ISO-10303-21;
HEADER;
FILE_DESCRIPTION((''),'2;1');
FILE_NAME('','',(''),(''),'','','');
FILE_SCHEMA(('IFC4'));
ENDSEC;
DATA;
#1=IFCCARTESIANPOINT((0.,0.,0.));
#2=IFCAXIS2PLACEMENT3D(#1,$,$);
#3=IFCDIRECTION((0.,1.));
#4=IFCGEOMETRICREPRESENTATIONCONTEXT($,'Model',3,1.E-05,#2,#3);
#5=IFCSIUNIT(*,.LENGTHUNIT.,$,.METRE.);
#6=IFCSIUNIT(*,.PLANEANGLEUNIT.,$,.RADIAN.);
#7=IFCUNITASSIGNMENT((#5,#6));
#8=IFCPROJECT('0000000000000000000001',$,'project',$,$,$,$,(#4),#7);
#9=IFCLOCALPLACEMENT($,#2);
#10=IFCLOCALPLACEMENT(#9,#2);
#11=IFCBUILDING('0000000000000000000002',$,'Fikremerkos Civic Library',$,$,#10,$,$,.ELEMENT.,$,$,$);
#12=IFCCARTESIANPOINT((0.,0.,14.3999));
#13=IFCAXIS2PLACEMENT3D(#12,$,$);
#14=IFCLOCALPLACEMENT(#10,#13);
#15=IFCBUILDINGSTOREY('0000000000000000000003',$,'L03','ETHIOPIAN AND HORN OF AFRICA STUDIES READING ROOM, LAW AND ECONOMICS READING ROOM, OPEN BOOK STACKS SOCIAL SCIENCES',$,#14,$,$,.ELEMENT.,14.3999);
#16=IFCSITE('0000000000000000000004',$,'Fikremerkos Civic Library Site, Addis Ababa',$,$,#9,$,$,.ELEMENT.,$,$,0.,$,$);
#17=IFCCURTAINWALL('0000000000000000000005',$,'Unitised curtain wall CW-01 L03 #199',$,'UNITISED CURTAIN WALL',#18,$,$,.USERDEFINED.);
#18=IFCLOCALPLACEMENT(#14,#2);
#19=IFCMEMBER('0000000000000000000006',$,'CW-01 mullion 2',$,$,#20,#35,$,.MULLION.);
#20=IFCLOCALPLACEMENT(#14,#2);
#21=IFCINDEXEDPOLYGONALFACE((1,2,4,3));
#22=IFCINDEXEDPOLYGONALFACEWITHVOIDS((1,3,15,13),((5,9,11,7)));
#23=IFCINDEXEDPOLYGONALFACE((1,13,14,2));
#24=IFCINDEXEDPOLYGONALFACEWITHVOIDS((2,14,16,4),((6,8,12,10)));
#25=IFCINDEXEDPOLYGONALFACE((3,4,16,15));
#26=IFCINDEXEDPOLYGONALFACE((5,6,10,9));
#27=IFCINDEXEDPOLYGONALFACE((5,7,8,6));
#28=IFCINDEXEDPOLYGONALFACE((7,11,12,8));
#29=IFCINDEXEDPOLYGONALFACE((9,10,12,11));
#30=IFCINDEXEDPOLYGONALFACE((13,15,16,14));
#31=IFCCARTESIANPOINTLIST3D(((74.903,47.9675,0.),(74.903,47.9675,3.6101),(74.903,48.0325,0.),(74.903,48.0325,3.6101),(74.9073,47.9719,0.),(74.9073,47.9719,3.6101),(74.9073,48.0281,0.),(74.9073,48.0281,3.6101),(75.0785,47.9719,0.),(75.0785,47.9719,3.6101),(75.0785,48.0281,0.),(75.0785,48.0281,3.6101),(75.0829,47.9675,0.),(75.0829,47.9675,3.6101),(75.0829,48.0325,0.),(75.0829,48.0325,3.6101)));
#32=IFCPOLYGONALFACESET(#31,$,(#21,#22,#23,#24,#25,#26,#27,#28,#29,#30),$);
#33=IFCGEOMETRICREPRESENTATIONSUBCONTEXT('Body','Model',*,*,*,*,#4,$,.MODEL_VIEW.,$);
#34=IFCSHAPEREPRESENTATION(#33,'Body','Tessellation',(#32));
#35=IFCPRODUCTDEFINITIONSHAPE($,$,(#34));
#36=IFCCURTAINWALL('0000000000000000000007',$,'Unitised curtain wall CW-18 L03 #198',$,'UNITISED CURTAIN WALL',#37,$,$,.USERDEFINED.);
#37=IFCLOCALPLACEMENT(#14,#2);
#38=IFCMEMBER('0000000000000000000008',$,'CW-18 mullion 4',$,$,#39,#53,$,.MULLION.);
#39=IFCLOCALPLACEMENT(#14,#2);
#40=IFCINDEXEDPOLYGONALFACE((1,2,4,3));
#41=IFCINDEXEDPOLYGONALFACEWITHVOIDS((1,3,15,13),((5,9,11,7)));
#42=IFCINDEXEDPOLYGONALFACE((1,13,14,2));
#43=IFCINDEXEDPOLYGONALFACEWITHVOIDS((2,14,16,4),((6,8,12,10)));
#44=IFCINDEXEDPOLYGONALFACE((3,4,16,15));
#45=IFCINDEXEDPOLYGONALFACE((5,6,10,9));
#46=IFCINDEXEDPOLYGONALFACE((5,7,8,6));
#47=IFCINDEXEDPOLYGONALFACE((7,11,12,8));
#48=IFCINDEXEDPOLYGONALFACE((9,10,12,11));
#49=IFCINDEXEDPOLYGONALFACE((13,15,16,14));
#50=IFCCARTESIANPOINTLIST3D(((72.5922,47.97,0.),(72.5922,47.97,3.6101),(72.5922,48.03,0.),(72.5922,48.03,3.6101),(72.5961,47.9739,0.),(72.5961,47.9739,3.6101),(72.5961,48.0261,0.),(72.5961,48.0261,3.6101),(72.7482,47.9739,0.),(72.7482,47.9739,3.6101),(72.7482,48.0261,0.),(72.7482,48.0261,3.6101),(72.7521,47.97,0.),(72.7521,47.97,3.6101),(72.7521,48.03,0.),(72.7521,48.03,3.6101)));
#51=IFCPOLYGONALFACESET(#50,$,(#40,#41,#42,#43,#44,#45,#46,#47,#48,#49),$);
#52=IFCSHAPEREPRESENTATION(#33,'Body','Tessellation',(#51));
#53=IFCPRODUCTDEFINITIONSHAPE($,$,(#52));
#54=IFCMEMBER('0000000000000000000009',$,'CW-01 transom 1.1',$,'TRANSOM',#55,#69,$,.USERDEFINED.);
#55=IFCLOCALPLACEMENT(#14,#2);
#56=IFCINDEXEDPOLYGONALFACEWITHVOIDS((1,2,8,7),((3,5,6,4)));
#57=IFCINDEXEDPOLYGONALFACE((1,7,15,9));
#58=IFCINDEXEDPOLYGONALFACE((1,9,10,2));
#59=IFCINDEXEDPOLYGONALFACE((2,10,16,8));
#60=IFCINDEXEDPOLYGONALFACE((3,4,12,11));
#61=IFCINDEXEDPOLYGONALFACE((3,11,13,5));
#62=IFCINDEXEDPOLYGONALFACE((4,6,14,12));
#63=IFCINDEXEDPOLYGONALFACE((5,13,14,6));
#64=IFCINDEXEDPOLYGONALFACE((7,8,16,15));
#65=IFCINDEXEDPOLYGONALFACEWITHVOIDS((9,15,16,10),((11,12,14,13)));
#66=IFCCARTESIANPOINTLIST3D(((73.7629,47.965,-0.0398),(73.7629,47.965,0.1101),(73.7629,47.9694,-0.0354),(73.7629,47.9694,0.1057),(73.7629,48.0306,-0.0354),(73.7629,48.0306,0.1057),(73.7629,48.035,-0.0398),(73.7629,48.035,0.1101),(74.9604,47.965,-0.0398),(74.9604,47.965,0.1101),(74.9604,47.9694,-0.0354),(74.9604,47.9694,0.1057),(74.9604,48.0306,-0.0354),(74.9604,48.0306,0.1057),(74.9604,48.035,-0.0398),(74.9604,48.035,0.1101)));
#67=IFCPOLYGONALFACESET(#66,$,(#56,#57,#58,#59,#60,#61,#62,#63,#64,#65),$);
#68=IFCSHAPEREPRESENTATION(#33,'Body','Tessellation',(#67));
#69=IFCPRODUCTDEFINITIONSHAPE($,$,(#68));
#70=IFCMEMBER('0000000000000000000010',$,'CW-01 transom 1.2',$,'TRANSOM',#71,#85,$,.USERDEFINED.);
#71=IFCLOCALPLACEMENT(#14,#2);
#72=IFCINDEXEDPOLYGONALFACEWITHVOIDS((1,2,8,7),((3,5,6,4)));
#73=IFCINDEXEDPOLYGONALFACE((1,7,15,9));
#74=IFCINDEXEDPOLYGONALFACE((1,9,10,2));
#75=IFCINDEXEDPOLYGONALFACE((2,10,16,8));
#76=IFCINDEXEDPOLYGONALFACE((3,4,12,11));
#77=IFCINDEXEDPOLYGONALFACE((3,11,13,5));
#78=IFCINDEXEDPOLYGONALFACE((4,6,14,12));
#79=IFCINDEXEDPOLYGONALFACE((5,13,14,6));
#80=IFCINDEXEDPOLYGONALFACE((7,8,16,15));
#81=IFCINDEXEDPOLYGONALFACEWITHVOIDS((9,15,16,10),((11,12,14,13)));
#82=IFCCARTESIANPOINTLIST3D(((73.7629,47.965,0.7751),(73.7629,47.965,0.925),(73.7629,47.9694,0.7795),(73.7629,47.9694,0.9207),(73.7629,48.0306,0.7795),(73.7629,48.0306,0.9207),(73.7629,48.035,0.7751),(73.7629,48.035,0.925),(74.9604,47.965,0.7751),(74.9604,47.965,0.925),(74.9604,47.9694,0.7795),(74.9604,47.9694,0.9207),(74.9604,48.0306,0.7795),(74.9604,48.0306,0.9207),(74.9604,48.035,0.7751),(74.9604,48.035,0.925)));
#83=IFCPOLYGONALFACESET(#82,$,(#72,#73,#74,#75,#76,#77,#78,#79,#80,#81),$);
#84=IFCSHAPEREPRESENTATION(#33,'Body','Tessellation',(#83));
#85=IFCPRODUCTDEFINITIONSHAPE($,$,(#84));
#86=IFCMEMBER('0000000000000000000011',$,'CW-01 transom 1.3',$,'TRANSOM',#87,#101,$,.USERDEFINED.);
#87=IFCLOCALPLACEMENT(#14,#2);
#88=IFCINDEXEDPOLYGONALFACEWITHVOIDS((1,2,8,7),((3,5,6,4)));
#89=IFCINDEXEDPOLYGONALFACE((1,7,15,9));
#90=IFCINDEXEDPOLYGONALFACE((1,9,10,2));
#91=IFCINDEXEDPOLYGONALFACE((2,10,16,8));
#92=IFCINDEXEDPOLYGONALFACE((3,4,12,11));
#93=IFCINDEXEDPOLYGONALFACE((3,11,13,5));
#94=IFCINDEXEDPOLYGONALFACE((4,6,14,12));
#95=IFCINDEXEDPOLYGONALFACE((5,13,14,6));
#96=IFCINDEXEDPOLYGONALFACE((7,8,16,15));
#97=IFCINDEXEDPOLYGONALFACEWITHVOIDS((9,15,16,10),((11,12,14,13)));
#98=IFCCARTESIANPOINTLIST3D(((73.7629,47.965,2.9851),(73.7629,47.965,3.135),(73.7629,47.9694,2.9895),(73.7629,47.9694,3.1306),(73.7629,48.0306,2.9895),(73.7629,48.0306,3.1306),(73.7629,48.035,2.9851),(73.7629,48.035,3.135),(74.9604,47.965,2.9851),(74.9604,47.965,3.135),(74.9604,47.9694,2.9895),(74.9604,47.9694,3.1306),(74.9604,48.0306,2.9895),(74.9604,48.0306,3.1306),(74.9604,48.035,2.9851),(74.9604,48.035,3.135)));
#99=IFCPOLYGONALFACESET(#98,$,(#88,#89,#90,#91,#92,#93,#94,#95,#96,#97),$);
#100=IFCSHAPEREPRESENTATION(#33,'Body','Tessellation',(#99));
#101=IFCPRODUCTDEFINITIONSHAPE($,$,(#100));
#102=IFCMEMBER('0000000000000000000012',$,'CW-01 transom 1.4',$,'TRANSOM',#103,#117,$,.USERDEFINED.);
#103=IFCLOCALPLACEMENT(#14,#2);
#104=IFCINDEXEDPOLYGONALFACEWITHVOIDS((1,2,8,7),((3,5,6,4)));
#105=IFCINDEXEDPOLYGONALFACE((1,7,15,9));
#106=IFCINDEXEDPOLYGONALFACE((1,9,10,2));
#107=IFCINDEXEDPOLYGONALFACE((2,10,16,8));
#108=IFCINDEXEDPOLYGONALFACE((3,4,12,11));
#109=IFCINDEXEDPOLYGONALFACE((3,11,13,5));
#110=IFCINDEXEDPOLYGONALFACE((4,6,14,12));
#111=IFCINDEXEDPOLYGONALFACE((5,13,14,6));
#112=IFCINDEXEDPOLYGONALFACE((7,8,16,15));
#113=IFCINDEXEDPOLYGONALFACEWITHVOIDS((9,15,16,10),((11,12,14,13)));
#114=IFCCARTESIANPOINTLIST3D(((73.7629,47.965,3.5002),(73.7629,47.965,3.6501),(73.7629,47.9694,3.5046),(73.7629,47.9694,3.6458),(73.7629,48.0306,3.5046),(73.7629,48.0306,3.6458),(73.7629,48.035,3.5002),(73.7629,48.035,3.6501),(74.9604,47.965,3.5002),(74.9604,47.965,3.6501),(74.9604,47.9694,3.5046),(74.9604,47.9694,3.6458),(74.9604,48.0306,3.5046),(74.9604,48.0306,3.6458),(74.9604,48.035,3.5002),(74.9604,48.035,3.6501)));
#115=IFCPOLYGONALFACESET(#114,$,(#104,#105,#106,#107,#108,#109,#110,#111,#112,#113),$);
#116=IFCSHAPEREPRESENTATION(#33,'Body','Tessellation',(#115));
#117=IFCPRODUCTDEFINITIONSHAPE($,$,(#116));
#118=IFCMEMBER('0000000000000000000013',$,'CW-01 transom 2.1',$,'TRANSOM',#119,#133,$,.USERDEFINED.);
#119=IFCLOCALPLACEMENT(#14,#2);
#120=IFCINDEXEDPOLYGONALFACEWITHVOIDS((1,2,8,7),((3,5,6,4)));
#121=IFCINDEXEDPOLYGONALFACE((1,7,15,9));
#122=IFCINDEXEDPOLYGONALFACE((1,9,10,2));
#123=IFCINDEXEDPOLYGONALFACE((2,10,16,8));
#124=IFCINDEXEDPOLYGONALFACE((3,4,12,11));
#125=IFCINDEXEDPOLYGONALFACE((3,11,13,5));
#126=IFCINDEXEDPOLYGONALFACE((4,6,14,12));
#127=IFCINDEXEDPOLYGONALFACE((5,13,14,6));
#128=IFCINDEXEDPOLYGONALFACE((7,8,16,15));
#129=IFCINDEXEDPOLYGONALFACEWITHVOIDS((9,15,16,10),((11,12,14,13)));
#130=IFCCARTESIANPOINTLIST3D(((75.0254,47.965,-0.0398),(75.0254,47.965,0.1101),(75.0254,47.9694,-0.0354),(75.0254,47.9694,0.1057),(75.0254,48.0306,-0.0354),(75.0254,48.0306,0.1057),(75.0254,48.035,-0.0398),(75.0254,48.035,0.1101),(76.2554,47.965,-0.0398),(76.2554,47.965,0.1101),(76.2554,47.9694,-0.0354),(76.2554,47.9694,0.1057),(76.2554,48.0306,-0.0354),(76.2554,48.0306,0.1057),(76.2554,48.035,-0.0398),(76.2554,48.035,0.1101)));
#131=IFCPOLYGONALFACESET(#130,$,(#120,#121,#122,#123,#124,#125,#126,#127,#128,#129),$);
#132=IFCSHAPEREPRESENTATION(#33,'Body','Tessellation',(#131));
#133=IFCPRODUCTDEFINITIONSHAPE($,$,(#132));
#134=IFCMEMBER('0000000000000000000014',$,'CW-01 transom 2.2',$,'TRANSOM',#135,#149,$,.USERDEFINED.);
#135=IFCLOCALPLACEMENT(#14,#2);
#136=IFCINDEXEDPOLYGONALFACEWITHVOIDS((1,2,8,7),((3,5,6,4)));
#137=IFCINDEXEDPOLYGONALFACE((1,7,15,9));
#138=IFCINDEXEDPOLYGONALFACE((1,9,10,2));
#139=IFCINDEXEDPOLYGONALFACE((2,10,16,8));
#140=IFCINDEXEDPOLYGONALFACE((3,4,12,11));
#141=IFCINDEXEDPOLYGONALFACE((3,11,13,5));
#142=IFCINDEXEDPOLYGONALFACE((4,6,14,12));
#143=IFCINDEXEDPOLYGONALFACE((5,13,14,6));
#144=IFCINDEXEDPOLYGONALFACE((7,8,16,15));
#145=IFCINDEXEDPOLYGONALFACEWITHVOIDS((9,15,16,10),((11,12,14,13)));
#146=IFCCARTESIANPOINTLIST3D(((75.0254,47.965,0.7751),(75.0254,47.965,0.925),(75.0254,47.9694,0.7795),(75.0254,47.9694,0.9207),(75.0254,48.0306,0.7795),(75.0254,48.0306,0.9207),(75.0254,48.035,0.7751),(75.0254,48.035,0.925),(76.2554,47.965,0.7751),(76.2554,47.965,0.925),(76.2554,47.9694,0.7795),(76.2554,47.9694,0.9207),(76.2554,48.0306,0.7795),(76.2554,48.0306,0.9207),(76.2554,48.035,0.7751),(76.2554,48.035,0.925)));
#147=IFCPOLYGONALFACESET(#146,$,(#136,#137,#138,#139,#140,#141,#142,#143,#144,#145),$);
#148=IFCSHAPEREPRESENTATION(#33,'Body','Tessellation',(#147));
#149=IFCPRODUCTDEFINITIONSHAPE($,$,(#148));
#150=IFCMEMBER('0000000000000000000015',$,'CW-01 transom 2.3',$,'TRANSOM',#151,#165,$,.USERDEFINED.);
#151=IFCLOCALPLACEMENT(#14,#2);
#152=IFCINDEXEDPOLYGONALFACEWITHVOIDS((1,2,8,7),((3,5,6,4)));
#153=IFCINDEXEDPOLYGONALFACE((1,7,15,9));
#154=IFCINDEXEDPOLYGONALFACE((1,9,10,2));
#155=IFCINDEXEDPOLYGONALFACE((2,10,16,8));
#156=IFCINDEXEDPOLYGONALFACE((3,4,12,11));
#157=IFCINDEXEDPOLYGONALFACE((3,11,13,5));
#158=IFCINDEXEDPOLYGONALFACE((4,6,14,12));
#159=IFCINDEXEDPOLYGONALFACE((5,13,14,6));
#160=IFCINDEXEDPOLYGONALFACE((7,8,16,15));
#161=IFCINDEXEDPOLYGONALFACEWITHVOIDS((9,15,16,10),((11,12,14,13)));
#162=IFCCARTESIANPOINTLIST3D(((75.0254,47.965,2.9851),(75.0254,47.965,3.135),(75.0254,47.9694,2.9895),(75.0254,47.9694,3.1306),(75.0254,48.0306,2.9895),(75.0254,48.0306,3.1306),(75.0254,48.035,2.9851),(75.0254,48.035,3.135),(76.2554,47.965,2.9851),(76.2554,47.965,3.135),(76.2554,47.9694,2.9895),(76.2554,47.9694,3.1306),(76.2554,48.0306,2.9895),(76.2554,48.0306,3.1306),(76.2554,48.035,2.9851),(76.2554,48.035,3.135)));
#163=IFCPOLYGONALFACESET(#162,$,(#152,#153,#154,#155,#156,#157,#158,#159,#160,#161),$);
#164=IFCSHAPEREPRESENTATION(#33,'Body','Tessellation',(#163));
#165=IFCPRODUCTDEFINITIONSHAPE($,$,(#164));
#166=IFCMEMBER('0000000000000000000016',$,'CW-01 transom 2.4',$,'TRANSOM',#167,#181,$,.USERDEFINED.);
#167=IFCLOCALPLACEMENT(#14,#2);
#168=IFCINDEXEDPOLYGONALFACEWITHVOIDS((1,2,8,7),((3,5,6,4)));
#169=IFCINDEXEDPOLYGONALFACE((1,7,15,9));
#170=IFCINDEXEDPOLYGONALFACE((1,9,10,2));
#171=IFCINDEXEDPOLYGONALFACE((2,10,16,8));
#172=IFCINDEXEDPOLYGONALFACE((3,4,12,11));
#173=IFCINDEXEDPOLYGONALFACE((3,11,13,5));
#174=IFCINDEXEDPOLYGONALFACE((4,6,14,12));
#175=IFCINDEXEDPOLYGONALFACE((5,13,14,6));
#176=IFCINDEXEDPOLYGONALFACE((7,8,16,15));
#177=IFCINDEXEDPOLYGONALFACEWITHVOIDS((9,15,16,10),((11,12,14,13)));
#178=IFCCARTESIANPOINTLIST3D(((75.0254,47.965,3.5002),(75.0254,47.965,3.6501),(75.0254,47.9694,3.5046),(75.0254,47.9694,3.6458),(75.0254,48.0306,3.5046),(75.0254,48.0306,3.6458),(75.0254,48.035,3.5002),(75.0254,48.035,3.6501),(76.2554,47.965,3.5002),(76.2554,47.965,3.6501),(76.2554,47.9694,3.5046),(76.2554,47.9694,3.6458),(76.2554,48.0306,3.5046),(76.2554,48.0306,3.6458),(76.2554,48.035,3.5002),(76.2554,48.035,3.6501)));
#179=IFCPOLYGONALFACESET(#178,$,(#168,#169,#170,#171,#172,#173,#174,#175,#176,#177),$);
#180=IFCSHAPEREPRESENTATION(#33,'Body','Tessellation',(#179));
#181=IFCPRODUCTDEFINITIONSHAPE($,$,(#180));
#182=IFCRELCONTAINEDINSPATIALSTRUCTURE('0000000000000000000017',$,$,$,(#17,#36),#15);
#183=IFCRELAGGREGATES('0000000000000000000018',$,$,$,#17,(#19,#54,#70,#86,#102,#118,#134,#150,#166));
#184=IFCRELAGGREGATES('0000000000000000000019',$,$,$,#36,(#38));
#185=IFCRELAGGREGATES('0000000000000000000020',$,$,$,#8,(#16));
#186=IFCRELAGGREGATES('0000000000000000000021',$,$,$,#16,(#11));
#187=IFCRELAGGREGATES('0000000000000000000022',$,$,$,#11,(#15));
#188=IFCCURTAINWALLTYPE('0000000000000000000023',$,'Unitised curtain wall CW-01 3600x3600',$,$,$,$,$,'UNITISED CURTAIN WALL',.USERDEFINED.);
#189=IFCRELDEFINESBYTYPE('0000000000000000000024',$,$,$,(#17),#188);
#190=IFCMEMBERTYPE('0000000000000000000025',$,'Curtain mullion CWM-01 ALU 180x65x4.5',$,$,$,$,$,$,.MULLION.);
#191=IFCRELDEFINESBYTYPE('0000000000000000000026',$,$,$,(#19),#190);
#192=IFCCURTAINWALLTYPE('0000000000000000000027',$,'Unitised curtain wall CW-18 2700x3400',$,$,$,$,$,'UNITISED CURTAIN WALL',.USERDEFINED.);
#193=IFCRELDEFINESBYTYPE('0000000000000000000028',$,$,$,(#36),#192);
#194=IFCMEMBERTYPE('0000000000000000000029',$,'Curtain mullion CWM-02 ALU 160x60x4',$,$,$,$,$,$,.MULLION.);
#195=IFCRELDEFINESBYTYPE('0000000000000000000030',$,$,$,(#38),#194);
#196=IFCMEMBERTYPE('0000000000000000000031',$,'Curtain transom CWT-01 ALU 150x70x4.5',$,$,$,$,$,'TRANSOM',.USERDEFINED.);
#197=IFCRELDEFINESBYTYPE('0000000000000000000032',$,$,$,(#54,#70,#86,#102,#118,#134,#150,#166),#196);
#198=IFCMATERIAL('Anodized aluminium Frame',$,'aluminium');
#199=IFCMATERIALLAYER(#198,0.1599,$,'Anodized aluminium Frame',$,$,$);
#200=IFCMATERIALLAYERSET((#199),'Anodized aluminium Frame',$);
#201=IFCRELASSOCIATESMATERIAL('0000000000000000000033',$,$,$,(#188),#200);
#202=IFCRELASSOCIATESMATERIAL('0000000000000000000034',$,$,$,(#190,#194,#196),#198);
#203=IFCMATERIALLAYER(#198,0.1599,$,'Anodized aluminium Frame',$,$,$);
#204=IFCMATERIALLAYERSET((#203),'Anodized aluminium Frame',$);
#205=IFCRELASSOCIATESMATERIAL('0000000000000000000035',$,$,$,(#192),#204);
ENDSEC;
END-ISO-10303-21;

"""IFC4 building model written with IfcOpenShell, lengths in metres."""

from ifc_helpers import new_model, si_unit, direction, frame, origin, origin_2d, place, context, subcontext, project, spatial, hollow_rectangle, extrude, material, layer, layer_set, material_profile, profile_set, type_object, element, aggregate, save


model = new_model("IFC4")

# Units and contexts
model_context = context("Model", 3, precision=1e-05, world=origin(), true_north=direction((0.0, 1.0)))
body_context = subcontext(model_context, "Body", "Model", "MODEL_VIEW")
ifc_project = project(units=[si_unit("LENGTHUNIT", "METRE"), si_unit("PLANEANGLEUNIT", "RADIAN")], contexts=[model_context])

# Site, building, storey
site_placement = place(None, origin())
site = spatial("IfcSite", under=ifc_project, at=site_placement, Name="Fikremerkos Civic Library Site, Addis Ababa", CompositionType="ELEMENT", RefElevation=0.0)
building_placement = place(site_placement, origin())
building = spatial("IfcBuilding", under=site, at=building_placement, Name="Fikremerkos Civic Library", CompositionType="ELEMENT")
storey_placement = place(building_placement, frame((0.0, 0.0, 14.3999)))
storey = spatial("IfcBuildingStorey", under=building, at=storey_placement, Name="L03", Description="ETHIOPIAN AND HORN OF AFRICA STUDIES READING ROOM, LAW AND ECONOMICS READING ROOM, OPEN BOOK STACKS SOCIAL SCIENCES", CompositionType="ELEMENT", Elevation=14.3999)

# Curtain wall, member
ifc_material_1 = material(Name="Anodized aluminium Frame", Category="aluminium")
ifc_layer_1 = layer(ifc_material_1, 0.1599, Name="Anodized aluminium Frame")
ifc_layer_set_1 = layer_set([ifc_layer_1], Name="Anodized aluminium Frame")
curtain_wall_type_1 = type_object("IfcCurtainWallType", Name="Unitised curtain wall CW-01 3600x3600", ElementType="UNITISED CURTAIN WALL", PredefinedType="USERDEFINED", material=ifc_layer_set_1)
curtain_wall_1_placement = place(storey_placement, origin())
curtain_wall_1 = element("IfcCurtainWall", 1, at=curtain_wall_1_placement, inside=storey, type_object=curtain_wall_type_1, Name="Unitised curtain wall CW-01 L03 #199", ObjectType="UNITISED CURTAIN WALL", PredefinedType="USERDEFINED")
ifc_material_profile_1 = material_profile(ifc_material_1, hollow_rectangle(XDim=0.0649, YDim=0.1799, WallThickness=0.0044, at=origin_2d()), Name="ALU 180x65x4.5")
ifc_profile_set_1 = profile_set([ifc_material_profile_1], Name="Anodized aluminium Frame")
member_type_1 = type_object("IfcMemberType", Name="Curtain mullion CWM-01 ALU 180x65x4.5", PredefinedType="MULLION", material=ifc_profile_set_1)
member_1_placement = place(storey_placement, frame((74.9929, 48.0, 0.0), z_axis=(0.0, 0.0, 1.0), x_axis=(0.0, 1.0, 0.0)))
member_1 = element("IfcMember", 2, at=member_1_placement, type_object=member_type_1, Name="CW-01 mullion 2", PredefinedType="MULLION", context=body_context, shape_type="SweptSolid", body=[
    extrude(hollow_rectangle(XDim=0.0649, YDim=0.1799, WallThickness=0.0044, at=origin_2d()), origin(), (0.0, 0.0, 1.0), 3.6101),
])

# Curtain wall, member
ifc_layer_2 = layer(ifc_material_1, 0.1599, Name="Anodized aluminium Frame")
ifc_layer_set_2 = layer_set([ifc_layer_2], Name="Anodized aluminium Frame")
curtain_wall_type_2 = type_object("IfcCurtainWallType", Name="Unitised curtain wall CW-18 2700x3400", ElementType="UNITISED CURTAIN WALL", PredefinedType="USERDEFINED", material=ifc_layer_set_2)
curtain_wall_2_placement = place(storey_placement, origin())
curtain_wall_2 = element("IfcCurtainWall", 3, at=curtain_wall_2_placement, inside=storey, type_object=curtain_wall_type_2, Name="Unitised curtain wall CW-18 L03 #198", ObjectType="UNITISED CURTAIN WALL", PredefinedType="USERDEFINED")
ifc_material_profile_2 = material_profile(ifc_material_1, hollow_rectangle(XDim=0.0601, YDim=0.1599, WallThickness=0.0039, at=origin_2d()), Name="ALU 160x60x4")
ifc_profile_set_2 = profile_set([ifc_material_profile_2], Name="Anodized aluminium Frame")
member_type_2 = type_object("IfcMemberType", Name="Curtain mullion CWM-02 ALU 160x60x4", PredefinedType="MULLION", material=ifc_profile_set_2)
member_2_placement = place(storey_placement, frame((72.6721, 48.0, 0.0), z_axis=(0.0, 0.0, 1.0), x_axis=(0.0, 1.0, 0.0)))
member_2 = element("IfcMember", 4, at=member_2_placement, type_object=member_type_2, Name="CW-18 mullion 4", PredefinedType="MULLION", context=body_context, shape_type="SweptSolid", body=[
    extrude(hollow_rectangle(XDim=0.0601, YDim=0.1599, WallThickness=0.0039, at=origin_2d()), origin(), (0.0, 0.0, 1.0), 3.6101),
])

# Members
ifc_material_profile_3 = material_profile(ifc_material_1, hollow_rectangle(XDim=0.0701, YDim=0.1499, WallThickness=0.0044, at=origin_2d()), Name="ALU 150x70x4.5")
ifc_profile_set_3 = profile_set([ifc_material_profile_3], Name="Anodized aluminium Frame")
member_type_3 = type_object("IfcMemberType", Name="Curtain transom CWT-01 ALU 150x70x4.5", ElementType="TRANSOM", PredefinedType="USERDEFINED", material=ifc_profile_set_3)
member_3_placement = place(storey_placement, frame((73.7629, 48.0, 0.0352), z_axis=(1.0, 0.0, 0.0), x_axis=(0.0, 1.0, 0.0)))
member_3 = element("IfcMember", 5, at=member_3_placement, type_object=member_type_3, Name="CW-01 transom 1.1", ObjectType="TRANSOM", PredefinedType="USERDEFINED", context=body_context, shape_type="SweptSolid", body=[
    extrude(hollow_rectangle(XDim=0.0701, YDim=0.1499, WallThickness=0.0044, at=origin_2d()), origin(), (0.0, 0.0, 1.0), 1.1975),
])
member_4_placement = place(storey_placement, frame((73.7629, 48.0, 0.8501), z_axis=(1.0, 0.0, 0.0), x_axis=(0.0, 1.0, 0.0)))
member_4 = element("IfcMember", 6, at=member_4_placement, type_object=member_type_3, Name="CW-01 transom 1.2", ObjectType="TRANSOM", PredefinedType="USERDEFINED", context=body_context, shape_type="SweptSolid", body=[
    extrude(hollow_rectangle(XDim=0.0701, YDim=0.1499, WallThickness=0.0044, at=origin_2d()), origin(), (0.0, 0.0, 1.0), 1.1975),
])
member_5_placement = place(storey_placement, frame((73.7629, 48.0, 3.0601), z_axis=(1.0, 0.0, 0.0), x_axis=(0.0, 1.0, 0.0)))
member_5 = element("IfcMember", 7, at=member_5_placement, type_object=member_type_3, Name="CW-01 transom 1.3", ObjectType="TRANSOM", PredefinedType="USERDEFINED", context=body_context, shape_type="SweptSolid", body=[
    extrude(hollow_rectangle(XDim=0.0701, YDim=0.1499, WallThickness=0.0044, at=origin_2d()), origin(), (0.0, 0.0, 1.0), 1.1975),
])
member_6_placement = place(storey_placement, frame((73.7629, 48.0, 3.5752), z_axis=(1.0, 0.0, 0.0), x_axis=(0.0, 1.0, 0.0)))
member_6 = element("IfcMember", 8, at=member_6_placement, type_object=member_type_3, Name="CW-01 transom 1.4", ObjectType="TRANSOM", PredefinedType="USERDEFINED", context=body_context, shape_type="SweptSolid", body=[
    extrude(hollow_rectangle(XDim=0.0701, YDim=0.1499, WallThickness=0.0044, at=origin_2d()), origin(), (0.0, 0.0, 1.0), 1.1975),
])
member_7_placement = place(storey_placement, frame((75.0254, 48.0, 0.0352), z_axis=(1.0, 0.0, 0.0), x_axis=(0.0, 1.0, 0.0)))
member_7 = element("IfcMember", 9, at=member_7_placement, type_object=member_type_3, Name="CW-01 transom 2.1", ObjectType="TRANSOM", PredefinedType="USERDEFINED", context=body_context, shape_type="SweptSolid", body=[
    extrude(hollow_rectangle(XDim=0.0701, YDim=0.1499, WallThickness=0.0044, at=origin_2d()), origin(), (0.0, 0.0, 1.0), 1.23),
])
member_8_placement = place(storey_placement, frame((75.0254, 48.0, 0.8501), z_axis=(1.0, 0.0, 0.0), x_axis=(0.0, 1.0, 0.0)))
member_8 = element("IfcMember", 10, at=member_8_placement, type_object=member_type_3, Name="CW-01 transom 2.2", ObjectType="TRANSOM", PredefinedType="USERDEFINED", context=body_context, shape_type="SweptSolid", body=[
    extrude(hollow_rectangle(XDim=0.0701, YDim=0.1499, WallThickness=0.0044, at=origin_2d()), origin(), (0.0, 0.0, 1.0), 1.23),
])
member_9_placement = place(storey_placement, frame((75.0254, 48.0, 3.0601), z_axis=(1.0, 0.0, 0.0), x_axis=(0.0, 1.0, 0.0)))
member_9 = element("IfcMember", 11, at=member_9_placement, type_object=member_type_3, Name="CW-01 transom 2.3", ObjectType="TRANSOM", PredefinedType="USERDEFINED", context=body_context, shape_type="SweptSolid", body=[
    extrude(hollow_rectangle(XDim=0.0701, YDim=0.1499, WallThickness=0.0044, at=origin_2d()), origin(), (0.0, 0.0, 1.0), 1.23),
])
member_10_placement = place(storey_placement, frame((75.0254, 48.0, 3.5752), z_axis=(1.0, 0.0, 0.0), x_axis=(0.0, 1.0, 0.0)))
member_10 = element("IfcMember", 12, at=member_10_placement, type_object=member_type_3, Name="CW-01 transom 2.4", ObjectType="TRANSOM", PredefinedType="USERDEFINED", context=body_context, shape_type="SweptSolid", body=[
    extrude(hollow_rectangle(XDim=0.0701, YDim=0.1499, WallThickness=0.0044, at=origin_2d()), origin(), (0.0, 0.0, 1.0), 1.23),
])

aggregate(curtain_wall_1, [member_1, member_3, member_4, member_5, member_6, member_7, member_8, member_9, member_10])
aggregate(curtain_wall_2, [member_2])

save(model, "model.ifc")
